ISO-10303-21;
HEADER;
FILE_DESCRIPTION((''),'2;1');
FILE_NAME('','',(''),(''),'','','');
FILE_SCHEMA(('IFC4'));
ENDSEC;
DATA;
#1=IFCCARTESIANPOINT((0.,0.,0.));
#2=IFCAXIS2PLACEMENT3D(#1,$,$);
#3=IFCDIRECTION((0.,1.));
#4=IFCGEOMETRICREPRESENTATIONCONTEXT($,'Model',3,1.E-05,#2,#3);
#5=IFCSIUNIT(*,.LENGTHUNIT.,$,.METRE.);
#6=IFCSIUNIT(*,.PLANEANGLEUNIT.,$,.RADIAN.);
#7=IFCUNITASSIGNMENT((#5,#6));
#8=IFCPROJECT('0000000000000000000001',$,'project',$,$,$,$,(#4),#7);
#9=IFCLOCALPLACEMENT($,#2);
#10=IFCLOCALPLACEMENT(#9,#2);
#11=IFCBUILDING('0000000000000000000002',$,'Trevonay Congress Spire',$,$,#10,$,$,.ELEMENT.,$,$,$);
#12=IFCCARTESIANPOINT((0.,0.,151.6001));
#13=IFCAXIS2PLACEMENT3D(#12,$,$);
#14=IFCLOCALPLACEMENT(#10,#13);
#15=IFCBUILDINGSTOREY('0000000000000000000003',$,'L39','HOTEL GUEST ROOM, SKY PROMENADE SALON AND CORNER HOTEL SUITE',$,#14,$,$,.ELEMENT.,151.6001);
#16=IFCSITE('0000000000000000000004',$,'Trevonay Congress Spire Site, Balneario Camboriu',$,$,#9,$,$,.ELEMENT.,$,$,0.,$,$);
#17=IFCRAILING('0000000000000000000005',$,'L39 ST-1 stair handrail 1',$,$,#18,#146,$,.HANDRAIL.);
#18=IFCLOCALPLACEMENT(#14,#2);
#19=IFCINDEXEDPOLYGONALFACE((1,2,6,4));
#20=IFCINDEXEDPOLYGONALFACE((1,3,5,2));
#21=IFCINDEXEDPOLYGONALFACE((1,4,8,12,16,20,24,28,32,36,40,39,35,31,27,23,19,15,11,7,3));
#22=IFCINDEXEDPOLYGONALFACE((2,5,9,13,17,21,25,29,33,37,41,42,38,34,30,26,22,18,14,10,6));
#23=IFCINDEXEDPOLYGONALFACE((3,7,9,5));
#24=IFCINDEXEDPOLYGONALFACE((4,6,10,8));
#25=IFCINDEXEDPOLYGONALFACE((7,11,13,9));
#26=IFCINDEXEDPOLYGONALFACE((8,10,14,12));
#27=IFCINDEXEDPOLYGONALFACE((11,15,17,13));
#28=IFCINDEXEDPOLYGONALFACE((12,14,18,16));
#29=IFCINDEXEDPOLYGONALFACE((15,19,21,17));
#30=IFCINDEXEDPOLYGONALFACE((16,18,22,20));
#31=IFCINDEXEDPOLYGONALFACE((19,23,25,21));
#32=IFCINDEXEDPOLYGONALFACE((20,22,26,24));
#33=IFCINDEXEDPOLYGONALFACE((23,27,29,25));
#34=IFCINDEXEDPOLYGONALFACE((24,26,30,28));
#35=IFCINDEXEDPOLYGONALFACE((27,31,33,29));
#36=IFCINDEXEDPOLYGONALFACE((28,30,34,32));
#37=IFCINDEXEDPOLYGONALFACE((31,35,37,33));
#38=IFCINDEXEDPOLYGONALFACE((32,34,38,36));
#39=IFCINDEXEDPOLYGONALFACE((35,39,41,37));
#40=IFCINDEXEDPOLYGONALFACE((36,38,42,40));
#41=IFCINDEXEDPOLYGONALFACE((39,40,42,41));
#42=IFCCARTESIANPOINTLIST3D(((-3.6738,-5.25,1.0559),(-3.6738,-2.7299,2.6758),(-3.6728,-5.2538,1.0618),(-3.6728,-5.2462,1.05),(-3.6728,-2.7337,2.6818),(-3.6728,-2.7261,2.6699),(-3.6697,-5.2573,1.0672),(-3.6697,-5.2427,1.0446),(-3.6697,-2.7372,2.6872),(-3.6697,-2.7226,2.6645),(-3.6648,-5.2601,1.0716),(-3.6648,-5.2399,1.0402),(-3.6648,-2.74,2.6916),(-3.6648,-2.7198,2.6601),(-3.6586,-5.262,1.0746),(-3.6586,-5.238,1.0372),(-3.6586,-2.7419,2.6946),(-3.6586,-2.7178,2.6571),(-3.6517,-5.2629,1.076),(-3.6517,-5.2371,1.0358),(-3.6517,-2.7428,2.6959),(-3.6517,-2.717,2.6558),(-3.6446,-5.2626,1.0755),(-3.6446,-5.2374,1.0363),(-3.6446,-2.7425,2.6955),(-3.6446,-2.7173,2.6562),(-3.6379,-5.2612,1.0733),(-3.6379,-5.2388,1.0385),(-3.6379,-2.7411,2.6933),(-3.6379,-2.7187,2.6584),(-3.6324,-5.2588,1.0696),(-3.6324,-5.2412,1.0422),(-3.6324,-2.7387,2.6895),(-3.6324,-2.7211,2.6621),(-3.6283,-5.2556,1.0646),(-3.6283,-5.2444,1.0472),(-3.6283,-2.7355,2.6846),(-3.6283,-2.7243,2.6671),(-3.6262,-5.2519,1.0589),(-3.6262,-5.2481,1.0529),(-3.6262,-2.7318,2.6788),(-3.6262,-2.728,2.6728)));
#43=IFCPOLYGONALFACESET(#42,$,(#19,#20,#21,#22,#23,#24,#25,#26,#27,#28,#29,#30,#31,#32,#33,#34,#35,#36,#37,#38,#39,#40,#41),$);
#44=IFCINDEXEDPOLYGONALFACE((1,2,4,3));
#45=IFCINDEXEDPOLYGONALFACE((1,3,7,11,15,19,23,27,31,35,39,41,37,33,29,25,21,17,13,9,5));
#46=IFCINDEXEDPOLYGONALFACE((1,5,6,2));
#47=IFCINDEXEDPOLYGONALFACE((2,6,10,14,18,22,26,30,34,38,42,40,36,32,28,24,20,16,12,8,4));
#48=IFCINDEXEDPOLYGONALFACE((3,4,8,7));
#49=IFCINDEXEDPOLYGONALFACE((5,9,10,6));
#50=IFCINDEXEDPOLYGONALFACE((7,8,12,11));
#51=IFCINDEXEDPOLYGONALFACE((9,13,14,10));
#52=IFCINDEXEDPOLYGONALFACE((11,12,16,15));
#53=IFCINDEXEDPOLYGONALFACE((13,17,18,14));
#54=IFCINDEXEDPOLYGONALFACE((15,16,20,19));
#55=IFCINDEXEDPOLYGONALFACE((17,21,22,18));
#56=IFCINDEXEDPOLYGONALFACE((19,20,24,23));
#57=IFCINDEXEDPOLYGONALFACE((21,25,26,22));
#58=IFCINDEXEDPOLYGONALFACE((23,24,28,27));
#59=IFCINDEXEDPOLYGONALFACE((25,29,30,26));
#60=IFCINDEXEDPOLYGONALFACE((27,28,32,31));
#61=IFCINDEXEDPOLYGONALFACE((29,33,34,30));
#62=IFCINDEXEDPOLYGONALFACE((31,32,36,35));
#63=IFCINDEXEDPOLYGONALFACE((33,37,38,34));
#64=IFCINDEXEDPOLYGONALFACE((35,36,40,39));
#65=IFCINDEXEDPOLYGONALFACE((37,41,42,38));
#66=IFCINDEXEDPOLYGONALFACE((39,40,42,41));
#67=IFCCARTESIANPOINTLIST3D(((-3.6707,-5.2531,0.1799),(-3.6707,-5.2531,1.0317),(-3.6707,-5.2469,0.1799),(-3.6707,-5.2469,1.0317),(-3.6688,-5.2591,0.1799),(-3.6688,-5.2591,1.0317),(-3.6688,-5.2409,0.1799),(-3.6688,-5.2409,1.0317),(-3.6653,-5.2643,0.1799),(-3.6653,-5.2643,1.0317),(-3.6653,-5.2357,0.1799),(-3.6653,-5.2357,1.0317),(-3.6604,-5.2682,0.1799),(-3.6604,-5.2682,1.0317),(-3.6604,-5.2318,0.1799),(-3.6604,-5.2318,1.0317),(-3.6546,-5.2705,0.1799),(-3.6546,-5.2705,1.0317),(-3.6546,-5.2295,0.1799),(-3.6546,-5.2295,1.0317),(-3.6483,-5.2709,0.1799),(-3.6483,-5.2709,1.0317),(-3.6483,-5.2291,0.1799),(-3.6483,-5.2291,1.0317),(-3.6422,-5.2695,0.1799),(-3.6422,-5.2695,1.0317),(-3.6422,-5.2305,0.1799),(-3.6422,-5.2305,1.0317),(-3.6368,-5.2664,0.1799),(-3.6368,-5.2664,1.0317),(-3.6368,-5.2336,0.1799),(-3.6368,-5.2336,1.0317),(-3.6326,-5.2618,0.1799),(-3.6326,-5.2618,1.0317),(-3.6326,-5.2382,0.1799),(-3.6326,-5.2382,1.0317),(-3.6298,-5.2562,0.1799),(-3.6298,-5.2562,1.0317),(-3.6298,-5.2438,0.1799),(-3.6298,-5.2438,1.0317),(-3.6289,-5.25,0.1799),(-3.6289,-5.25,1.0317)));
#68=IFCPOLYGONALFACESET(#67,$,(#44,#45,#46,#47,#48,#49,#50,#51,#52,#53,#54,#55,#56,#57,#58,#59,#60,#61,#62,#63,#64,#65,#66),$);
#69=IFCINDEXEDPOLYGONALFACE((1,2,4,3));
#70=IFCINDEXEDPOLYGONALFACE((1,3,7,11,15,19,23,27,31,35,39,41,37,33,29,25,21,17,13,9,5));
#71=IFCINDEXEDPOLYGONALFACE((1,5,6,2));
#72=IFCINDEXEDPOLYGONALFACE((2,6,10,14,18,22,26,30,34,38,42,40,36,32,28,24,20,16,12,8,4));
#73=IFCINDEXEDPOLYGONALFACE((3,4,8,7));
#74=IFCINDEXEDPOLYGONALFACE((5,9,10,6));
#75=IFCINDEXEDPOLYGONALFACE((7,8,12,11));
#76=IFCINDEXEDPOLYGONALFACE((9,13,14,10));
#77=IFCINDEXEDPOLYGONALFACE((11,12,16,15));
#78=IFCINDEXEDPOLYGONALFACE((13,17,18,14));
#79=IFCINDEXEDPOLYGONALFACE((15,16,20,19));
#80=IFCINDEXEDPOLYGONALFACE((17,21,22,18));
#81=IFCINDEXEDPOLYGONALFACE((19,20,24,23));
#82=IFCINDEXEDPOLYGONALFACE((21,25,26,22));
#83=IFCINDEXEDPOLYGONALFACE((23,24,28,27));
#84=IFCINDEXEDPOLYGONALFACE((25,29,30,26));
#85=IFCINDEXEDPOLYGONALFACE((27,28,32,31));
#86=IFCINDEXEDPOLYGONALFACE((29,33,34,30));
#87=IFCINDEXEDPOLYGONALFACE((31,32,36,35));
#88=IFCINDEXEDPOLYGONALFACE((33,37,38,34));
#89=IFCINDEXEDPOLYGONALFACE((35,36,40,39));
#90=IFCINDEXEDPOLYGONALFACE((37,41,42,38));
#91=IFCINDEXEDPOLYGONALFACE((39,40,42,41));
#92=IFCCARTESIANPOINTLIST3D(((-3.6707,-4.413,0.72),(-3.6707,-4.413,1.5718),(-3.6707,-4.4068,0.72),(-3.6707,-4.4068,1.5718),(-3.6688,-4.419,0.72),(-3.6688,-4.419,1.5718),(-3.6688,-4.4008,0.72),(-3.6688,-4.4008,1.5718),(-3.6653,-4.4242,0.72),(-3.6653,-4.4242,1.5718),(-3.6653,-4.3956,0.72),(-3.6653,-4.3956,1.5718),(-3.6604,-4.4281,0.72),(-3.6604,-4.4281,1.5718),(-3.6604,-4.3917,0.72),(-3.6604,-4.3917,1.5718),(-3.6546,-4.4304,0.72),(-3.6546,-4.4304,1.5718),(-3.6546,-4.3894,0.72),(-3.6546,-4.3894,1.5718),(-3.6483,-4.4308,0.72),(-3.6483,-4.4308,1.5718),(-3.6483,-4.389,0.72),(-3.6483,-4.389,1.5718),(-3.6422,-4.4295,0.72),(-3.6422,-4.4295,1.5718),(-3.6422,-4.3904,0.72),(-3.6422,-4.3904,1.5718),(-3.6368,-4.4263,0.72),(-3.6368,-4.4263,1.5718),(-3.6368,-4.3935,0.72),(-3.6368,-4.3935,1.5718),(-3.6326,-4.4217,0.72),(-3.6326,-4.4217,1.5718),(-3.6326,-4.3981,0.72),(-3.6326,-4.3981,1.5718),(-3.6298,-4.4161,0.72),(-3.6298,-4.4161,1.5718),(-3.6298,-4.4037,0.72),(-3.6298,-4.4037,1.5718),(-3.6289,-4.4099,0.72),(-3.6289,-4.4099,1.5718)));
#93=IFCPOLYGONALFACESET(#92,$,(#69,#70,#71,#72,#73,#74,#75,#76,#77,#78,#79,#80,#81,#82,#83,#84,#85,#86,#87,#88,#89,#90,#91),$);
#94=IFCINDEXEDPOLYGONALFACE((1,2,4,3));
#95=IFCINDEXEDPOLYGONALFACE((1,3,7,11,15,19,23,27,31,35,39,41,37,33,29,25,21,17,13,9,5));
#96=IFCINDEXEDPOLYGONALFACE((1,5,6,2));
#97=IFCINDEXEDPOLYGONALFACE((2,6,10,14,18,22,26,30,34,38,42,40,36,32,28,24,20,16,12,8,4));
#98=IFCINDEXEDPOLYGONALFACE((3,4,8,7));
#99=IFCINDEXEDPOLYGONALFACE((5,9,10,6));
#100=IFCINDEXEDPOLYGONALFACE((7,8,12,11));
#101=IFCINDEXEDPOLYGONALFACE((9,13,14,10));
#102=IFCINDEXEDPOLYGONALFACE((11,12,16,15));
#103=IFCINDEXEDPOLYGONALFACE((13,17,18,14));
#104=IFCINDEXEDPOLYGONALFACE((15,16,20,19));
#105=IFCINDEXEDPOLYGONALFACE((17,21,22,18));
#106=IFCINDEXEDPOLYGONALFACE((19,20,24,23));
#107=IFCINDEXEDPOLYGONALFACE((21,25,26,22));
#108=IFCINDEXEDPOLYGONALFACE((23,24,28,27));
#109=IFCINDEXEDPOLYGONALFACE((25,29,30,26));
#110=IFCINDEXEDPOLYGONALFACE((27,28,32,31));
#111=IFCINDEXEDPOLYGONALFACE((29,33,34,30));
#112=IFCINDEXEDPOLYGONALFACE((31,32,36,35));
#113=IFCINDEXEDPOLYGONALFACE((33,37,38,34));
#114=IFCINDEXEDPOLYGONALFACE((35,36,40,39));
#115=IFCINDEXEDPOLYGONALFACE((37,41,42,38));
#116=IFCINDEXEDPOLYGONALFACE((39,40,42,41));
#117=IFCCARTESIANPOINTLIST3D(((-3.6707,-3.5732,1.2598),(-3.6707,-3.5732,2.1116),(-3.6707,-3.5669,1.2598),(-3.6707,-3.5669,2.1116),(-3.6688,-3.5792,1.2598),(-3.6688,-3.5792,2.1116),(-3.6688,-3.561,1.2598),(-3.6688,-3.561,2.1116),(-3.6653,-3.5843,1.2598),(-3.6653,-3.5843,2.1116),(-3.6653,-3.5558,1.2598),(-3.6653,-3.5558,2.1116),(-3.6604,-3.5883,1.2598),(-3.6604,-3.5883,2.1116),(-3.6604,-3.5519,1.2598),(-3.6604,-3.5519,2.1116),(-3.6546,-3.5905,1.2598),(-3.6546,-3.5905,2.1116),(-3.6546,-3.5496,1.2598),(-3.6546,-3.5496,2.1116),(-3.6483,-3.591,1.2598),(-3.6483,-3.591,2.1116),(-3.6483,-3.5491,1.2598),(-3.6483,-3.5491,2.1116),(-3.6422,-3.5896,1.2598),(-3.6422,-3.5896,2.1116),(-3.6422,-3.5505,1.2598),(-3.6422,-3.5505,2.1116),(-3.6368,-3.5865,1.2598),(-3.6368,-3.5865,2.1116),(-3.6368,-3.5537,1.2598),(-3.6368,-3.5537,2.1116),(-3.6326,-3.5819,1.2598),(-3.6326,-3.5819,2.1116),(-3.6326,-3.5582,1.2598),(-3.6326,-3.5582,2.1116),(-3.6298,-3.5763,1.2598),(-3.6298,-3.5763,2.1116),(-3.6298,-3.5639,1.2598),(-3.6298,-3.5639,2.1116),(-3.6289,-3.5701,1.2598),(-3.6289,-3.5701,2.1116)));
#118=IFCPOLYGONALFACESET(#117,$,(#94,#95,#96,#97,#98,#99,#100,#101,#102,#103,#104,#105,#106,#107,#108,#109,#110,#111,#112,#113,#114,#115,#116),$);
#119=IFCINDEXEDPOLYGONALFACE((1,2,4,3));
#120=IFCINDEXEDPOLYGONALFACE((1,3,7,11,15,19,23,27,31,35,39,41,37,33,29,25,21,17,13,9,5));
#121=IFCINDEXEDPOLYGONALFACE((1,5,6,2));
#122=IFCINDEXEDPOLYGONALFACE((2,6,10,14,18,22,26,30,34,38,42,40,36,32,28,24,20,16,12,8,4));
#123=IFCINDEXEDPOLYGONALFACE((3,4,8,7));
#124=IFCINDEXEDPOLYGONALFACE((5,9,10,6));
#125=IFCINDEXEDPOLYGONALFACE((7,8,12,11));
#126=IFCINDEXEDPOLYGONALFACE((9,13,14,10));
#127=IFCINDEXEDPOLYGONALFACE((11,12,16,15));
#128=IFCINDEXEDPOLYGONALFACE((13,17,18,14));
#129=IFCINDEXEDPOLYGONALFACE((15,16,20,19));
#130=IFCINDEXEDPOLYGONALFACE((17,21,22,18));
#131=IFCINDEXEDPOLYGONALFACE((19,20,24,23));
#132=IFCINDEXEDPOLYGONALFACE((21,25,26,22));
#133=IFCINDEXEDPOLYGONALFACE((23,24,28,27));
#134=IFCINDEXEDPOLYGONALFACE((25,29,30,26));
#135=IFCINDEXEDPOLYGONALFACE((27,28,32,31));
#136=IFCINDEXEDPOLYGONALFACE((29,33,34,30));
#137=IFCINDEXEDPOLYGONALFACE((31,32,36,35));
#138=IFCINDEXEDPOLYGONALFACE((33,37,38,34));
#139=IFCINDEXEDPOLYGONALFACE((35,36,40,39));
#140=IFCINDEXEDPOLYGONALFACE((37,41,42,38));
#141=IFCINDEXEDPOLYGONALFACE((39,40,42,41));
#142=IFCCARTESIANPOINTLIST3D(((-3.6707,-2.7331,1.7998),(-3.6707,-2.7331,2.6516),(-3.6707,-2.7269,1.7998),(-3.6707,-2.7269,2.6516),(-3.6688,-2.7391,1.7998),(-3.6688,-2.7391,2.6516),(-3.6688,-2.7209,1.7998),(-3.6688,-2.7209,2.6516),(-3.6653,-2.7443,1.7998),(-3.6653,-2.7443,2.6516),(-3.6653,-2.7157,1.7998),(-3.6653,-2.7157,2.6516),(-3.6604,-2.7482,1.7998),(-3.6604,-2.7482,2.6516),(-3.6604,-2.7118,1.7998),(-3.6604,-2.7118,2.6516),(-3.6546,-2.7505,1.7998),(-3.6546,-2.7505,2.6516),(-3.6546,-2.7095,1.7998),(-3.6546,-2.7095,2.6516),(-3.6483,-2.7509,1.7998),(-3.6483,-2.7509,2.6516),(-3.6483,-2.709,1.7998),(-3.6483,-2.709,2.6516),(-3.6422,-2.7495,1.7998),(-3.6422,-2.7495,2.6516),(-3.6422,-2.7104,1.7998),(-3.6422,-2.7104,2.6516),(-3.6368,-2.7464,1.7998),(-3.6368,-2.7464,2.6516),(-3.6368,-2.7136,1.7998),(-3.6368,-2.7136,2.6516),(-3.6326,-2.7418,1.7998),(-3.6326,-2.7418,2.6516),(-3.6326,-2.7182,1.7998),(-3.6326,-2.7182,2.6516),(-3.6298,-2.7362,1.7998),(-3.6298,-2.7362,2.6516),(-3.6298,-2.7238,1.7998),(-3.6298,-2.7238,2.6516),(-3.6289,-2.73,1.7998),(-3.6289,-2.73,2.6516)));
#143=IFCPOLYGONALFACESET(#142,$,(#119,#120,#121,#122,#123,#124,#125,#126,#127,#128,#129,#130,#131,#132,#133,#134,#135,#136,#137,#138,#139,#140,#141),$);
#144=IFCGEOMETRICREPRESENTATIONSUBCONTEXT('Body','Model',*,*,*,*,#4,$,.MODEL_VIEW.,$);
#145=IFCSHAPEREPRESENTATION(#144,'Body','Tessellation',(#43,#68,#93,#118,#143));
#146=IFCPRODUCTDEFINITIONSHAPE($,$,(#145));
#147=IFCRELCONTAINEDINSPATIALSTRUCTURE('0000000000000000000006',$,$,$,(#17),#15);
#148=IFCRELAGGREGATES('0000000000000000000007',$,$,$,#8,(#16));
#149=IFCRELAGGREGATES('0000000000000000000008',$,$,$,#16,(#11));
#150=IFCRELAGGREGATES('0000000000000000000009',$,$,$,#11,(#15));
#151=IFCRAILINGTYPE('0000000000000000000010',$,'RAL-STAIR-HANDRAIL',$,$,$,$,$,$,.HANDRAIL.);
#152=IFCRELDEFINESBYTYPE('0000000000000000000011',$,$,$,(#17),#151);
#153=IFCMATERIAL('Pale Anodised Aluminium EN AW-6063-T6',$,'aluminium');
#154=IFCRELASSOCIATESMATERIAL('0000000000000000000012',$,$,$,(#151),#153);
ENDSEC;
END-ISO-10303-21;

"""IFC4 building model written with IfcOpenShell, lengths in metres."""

from ifc_helpers import new_model, si_unit, direction, frame, origin, origin_2d, place, context, subcontext, project, spatial, circle, extrude, material, type_object, element, save


model = new_model("IFC4")

# Units and contexts
model_context = context("Model", 3, precision=1e-05, world=origin(), true_north=direction((0.0, 1.0)))
body_context = subcontext(model_context, "Body", "Model", "MODEL_VIEW")
ifc_project = project(units=[si_unit("LENGTHUNIT", "METRE"), si_unit("PLANEANGLEUNIT", "RADIAN")], contexts=[model_context])

# Site, building, storey
site_placement = place(None, origin())
site = spatial("IfcSite", under=ifc_project, at=site_placement, Name="Trevonay Congress Spire Site, Balneario Camboriu", CompositionType="ELEMENT", RefElevation=0.0)
building_placement = place(site_placement, origin())
building = spatial("IfcBuilding", under=site, at=building_placement, Name="Trevonay Congress Spire", CompositionType="ELEMENT")
storey_placement = place(building_placement, frame((0.0, 0.0, 151.6001)))
storey = spatial("IfcBuildingStorey", under=building, at=storey_placement, Name="L39", Description="HOTEL GUEST ROOM, SKY PROMENADE SALON AND CORNER HOTEL SUITE", CompositionType="ELEMENT", Elevation=151.6001)

# Shared definitions
ifc_material_1 = material(Name="Pale Anodised Aluminium EN AW-6063-T6", Category="aluminium")

# Railing
railing_type_1 = type_object("IfcRailingType", Name="RAL-STAIR-HANDRAIL", PredefinedType="HANDRAIL", material=ifc_material_1)
railing_1_placement = place(storey_placement, frame((-3.6499, -5.25, 0.1799)))
element("IfcRailing", 1, at=railing_1_placement, inside=storey, type_object=railing_type_1, Name="L39 ST-1 stair handrail 1", PredefinedType="HANDRAIL", context=body_context, shape_type="SweptSolid", body=[
    extrude(circle(Radius=0.0239, at=origin_2d()), frame((0.0, 0.0, 0.876), z_axis=(0.0, 0.8412, 0.540725), x_axis=(-1.0, 0.0, 0.0)), (0.0, 0.0, 1.0), 2.9958),
    extrude(circle(Radius=0.021, at=origin_2d()), origin(), (0.0, 0.0, 1.0), 0.8518),
    extrude(circle(Radius=0.021, at=origin_2d()), frame((0.0, 0.8401, 0.54)), (0.0, 0.0, 1.0), 0.8518),
    extrude(circle(Radius=0.021, at=origin_2d()), frame((0.0, 1.6799, 1.0798)), (0.0, 0.0, 1.0), 0.8518),
    extrude(circle(Radius=0.021, at=origin_2d()), frame((0.0, 2.52, 1.6199)), (0.0, 0.0, 1.0), 0.8518),
])

save(model, "model.ifc")
